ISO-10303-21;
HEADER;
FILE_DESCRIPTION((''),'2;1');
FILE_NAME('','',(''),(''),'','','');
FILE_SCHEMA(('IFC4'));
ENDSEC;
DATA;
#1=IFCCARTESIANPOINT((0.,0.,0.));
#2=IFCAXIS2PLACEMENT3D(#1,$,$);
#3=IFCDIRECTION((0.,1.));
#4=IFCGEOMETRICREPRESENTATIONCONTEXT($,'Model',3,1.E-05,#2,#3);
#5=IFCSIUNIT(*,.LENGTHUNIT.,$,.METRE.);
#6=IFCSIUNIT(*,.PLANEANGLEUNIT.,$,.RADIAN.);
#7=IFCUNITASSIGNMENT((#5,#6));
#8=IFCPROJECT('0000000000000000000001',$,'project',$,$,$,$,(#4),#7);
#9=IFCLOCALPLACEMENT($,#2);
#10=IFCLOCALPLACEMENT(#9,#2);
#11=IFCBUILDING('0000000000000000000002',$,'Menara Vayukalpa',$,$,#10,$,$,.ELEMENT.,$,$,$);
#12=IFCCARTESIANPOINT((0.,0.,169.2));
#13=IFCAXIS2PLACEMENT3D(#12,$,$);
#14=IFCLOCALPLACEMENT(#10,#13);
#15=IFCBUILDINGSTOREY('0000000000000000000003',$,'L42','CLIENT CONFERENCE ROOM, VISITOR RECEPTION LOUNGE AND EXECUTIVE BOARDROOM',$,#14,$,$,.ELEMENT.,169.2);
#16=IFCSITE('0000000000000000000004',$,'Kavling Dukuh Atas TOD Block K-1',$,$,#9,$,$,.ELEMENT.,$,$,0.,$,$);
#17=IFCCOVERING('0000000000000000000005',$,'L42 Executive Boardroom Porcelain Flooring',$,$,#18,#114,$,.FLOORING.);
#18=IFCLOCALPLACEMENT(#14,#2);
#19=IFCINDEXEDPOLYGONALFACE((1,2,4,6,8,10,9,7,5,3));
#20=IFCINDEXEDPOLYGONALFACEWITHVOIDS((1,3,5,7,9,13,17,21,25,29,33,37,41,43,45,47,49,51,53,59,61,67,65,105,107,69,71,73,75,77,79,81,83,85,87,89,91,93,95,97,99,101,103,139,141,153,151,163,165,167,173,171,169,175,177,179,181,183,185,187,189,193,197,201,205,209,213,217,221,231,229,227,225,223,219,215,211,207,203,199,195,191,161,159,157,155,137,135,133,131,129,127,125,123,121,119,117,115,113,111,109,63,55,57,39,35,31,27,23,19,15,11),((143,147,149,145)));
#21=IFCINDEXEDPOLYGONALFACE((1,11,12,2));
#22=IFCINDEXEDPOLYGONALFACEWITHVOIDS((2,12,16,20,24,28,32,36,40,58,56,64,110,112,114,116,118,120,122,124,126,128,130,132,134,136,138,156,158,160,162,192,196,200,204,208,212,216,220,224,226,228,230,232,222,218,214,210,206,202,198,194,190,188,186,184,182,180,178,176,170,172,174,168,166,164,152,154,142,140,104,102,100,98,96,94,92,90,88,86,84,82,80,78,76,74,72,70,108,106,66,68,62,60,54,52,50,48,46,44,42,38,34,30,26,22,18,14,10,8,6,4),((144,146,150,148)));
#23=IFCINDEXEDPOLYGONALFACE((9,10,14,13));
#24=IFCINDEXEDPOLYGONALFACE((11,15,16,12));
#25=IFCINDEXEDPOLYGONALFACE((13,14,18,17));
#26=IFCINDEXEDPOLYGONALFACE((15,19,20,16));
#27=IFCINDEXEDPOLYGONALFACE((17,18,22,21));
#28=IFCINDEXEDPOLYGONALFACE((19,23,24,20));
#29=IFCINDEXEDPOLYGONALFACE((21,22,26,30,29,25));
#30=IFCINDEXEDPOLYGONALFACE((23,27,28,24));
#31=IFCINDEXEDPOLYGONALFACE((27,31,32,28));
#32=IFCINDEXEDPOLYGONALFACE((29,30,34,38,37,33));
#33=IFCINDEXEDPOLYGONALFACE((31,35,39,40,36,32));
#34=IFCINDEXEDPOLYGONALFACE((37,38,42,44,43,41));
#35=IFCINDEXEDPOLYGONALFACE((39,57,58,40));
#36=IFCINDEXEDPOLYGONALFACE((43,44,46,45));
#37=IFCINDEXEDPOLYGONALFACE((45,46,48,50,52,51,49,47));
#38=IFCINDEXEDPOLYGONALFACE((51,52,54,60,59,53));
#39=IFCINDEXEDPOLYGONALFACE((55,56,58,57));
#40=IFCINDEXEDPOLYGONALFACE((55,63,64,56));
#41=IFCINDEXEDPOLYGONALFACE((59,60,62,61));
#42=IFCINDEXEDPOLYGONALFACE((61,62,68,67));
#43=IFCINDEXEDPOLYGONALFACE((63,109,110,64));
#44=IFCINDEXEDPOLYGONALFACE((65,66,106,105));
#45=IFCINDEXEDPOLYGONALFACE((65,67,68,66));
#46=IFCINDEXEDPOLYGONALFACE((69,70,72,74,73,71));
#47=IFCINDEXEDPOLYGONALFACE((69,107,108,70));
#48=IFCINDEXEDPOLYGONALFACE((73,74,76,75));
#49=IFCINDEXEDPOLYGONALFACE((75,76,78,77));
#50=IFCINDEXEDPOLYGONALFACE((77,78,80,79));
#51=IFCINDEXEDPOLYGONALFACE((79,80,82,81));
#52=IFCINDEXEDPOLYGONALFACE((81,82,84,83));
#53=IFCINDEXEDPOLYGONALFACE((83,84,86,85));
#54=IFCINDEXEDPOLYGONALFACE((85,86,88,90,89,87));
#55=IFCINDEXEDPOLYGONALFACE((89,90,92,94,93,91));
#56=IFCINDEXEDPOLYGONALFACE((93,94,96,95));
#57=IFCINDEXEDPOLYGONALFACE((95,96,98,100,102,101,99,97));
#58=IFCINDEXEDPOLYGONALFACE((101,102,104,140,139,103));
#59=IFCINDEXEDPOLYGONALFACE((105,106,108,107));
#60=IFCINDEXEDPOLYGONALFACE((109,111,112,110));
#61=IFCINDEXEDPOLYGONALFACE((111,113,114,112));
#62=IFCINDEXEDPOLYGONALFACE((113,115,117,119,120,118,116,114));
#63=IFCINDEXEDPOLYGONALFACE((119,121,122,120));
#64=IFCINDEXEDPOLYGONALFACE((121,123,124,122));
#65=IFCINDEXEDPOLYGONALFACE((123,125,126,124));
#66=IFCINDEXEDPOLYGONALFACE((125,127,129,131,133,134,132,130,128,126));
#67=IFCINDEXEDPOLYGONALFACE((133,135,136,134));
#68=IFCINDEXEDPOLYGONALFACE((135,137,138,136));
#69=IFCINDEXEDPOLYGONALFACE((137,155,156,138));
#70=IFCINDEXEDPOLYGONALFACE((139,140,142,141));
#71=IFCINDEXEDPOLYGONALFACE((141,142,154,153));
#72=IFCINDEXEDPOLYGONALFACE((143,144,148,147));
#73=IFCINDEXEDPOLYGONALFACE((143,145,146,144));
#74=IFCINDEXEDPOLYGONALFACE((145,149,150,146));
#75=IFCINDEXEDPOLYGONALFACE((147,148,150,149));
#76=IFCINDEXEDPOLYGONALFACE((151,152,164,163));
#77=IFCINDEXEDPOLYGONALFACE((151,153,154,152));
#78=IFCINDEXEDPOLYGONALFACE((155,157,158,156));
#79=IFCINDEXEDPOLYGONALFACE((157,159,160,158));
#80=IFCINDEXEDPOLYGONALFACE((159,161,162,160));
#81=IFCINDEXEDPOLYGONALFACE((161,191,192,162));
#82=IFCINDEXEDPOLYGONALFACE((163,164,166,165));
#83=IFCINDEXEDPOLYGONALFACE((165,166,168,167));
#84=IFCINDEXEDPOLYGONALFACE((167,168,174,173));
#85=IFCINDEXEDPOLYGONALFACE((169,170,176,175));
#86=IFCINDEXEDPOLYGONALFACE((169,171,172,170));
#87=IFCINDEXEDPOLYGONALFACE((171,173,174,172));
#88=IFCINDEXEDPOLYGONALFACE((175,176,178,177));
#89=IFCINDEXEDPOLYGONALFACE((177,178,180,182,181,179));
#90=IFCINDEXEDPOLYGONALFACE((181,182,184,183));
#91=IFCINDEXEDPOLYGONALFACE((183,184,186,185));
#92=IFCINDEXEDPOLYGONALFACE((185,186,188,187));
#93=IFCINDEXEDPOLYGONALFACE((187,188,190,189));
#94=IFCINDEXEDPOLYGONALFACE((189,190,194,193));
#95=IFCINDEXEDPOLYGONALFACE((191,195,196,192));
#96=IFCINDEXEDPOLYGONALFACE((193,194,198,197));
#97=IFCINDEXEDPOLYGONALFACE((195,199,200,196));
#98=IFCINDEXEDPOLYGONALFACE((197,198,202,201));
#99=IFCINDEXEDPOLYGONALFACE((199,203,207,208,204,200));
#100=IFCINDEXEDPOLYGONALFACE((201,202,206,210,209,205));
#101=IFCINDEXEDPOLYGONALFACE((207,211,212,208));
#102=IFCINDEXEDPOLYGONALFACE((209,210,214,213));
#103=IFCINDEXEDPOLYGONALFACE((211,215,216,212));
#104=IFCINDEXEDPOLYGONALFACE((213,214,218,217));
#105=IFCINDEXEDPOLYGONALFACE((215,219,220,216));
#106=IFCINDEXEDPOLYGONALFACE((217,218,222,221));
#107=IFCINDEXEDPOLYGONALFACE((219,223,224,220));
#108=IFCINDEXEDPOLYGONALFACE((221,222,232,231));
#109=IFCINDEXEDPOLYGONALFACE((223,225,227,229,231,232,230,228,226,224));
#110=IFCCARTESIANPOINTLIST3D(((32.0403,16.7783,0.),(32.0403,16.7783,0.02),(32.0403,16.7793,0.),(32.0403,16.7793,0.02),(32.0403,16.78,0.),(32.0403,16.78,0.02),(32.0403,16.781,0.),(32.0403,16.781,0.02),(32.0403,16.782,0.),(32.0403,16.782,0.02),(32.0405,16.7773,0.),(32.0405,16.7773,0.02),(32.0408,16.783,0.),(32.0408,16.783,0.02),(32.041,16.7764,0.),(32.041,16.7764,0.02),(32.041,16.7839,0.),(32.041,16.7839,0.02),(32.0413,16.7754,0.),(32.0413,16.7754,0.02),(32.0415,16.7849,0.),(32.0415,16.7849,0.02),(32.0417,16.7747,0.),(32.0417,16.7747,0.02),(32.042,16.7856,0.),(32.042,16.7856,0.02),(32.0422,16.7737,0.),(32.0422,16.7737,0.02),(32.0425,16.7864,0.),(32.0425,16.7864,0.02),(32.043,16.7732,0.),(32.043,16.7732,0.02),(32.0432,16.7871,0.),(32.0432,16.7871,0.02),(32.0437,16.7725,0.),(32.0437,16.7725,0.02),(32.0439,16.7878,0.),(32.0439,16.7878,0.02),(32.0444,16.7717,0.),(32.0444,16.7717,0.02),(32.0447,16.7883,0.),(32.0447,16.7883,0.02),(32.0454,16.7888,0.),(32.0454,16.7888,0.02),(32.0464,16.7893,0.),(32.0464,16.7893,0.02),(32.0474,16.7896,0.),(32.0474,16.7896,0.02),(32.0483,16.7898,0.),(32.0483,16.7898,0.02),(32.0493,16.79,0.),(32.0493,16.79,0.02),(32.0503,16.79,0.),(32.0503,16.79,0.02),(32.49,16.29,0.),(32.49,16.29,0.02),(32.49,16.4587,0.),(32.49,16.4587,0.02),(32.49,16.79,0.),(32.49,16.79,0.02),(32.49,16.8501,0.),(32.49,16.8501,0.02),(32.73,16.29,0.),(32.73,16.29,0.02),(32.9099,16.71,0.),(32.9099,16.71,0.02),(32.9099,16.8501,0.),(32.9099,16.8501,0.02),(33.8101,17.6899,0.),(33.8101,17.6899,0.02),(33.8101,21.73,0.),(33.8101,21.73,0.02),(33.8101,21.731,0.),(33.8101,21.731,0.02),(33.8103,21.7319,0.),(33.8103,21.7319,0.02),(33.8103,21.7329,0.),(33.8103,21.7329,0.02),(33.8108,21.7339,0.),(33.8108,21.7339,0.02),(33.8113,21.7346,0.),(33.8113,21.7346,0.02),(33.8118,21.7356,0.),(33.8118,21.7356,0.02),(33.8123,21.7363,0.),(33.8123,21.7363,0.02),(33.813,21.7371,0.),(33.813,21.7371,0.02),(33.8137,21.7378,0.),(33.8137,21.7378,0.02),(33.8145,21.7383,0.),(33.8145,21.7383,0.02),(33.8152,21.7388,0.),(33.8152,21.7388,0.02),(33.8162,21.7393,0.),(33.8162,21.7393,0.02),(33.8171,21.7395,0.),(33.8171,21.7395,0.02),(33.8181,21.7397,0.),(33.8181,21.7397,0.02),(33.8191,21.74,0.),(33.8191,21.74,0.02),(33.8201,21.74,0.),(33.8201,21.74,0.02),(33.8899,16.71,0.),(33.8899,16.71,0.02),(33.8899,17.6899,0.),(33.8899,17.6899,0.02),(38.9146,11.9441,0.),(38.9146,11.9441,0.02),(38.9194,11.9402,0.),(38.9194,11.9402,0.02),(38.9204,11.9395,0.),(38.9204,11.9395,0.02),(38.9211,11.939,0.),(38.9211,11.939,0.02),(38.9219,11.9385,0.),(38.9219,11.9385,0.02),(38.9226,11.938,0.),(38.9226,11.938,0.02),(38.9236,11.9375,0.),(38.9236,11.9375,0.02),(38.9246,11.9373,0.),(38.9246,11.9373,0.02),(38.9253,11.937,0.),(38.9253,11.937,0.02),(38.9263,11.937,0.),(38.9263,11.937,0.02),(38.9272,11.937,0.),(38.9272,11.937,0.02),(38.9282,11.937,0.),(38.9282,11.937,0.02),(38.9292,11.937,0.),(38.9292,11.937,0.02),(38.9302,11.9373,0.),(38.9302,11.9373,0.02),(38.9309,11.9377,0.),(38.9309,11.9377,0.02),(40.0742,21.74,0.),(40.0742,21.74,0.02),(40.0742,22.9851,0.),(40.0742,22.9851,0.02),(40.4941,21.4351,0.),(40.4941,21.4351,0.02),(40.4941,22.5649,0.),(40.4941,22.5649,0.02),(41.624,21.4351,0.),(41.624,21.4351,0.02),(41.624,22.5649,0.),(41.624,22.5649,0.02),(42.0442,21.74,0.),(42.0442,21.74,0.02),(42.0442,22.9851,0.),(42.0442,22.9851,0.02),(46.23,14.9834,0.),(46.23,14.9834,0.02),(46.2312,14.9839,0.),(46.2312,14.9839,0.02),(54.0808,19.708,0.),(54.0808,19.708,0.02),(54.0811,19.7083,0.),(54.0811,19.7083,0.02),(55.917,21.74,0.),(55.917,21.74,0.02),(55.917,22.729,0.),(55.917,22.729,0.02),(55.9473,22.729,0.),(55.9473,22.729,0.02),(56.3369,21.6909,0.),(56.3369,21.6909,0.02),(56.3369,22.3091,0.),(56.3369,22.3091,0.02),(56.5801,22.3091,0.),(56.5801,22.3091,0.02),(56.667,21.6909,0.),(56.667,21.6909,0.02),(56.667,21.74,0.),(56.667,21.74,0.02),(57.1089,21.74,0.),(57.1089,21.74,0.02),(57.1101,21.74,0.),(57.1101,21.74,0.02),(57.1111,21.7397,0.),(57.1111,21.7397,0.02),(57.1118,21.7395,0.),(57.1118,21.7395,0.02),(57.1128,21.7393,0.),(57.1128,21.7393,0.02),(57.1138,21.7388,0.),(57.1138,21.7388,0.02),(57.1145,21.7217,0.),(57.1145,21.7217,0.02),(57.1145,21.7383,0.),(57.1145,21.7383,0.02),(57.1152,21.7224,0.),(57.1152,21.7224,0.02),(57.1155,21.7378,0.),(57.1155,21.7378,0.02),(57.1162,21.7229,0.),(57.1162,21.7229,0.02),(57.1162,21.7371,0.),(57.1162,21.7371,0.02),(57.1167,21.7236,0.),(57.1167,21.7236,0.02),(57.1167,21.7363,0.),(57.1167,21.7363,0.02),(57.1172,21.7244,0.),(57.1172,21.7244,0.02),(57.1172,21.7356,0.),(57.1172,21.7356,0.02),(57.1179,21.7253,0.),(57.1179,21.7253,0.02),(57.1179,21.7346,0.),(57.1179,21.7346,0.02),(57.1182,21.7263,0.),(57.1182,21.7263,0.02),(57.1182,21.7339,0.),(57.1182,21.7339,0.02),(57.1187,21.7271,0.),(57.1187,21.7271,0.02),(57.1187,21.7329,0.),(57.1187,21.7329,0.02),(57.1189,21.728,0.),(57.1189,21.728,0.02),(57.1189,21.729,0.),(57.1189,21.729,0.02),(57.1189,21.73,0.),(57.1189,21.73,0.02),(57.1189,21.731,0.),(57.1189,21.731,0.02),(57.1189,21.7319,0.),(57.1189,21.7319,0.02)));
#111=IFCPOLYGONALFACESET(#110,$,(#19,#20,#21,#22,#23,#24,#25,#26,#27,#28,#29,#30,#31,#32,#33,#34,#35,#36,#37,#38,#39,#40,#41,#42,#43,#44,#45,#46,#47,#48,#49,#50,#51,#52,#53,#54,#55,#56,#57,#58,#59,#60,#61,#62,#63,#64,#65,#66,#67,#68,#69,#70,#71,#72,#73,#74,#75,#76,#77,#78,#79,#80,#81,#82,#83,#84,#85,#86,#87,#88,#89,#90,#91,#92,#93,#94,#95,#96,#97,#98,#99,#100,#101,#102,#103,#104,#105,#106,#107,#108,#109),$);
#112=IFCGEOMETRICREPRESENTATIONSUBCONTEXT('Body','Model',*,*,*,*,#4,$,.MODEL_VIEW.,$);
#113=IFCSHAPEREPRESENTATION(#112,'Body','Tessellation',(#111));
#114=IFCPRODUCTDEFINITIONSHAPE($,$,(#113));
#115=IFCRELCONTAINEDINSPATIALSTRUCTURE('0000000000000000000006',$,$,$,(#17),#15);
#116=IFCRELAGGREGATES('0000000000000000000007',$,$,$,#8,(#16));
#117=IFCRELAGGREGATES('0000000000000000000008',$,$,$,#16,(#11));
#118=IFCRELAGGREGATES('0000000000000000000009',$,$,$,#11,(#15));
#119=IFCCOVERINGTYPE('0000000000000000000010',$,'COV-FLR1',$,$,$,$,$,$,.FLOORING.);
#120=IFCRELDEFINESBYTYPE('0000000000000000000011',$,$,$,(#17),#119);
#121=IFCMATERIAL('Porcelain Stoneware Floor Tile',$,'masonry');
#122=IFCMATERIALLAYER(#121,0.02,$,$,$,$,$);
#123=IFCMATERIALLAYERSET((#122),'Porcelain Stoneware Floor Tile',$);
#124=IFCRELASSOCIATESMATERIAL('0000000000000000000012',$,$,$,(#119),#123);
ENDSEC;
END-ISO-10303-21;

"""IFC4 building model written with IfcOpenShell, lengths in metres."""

from ifc_helpers import new_model, si_unit, direction, frame, origin, place, context, subcontext, project, spatial, polyline, outline, extrude, material, layer, layer_set, type_object, element, save


model = new_model("IFC4")

# Units and contexts
model_context = context("Model", 3, precision=1e-05, world=origin(), true_north=direction((0.0, 1.0)))
body_context = subcontext(model_context, "Body", "Model", "MODEL_VIEW")
ifc_project = project(units=[si_unit("LENGTHUNIT", "METRE"), si_unit("PLANEANGLEUNIT", "RADIAN")], contexts=[model_context])

# Site, building, storey
site_placement = place(None, origin())
site = spatial("IfcSite", under=ifc_project, at=site_placement, Name="Kavling Dukuh Atas TOD Block K-1", CompositionType="ELEMENT", RefElevation=0.0)
building_placement = place(site_placement, origin())
building = spatial("IfcBuilding", under=site, at=building_placement, Name="Menara Vayukalpa", CompositionType="ELEMENT")
storey_placement = place(building_placement, frame((0.0, 0.0, 169.2)))
storey = spatial("IfcBuildingStorey", under=building, at=storey_placement, Name="L42", Description="CLIENT CONFERENCE ROOM, VISITOR RECEPTION LOUNGE AND EXECUTIVE BOARDROOM", CompositionType="ELEMENT", Elevation=169.2)

# Covering
ifc_material_1 = material(Name="Porcelain Stoneware Floor Tile", Category="masonry")
ifc_layer_1 = layer(ifc_material_1, 0.02)
ifc_layer_set_1 = layer_set([ifc_layer_1], Name="Porcelain Stoneware Floor Tile")
covering_type_1 = type_object("IfcCoveringType", Name="COV-FLR1", PredefinedType="FLOORING", material=ifc_layer_set_1)
covering_1_placement = place(storey_placement, origin())
element("IfcCovering", 1, at=covering_1_placement, inside=storey, type_object=covering_type_1, Name="L42 Executive Boardroom Porcelain Flooring", PredefinedType="FLOORING", context=body_context, shape_type="SweptSolid", body=[
    extrude(outline(polyline([(32.0437, 16.7725), (32.043, 16.7732), (32.0422, 16.7737), (32.0417, 16.7747), (32.0413, 16.7754), (32.041, 16.7764), (32.0405, 16.7773), (32.0403, 16.7783), (32.0403, 16.7793), (32.0403, 16.78), (32.0403, 16.781), (32.0403, 16.782), (32.0408, 16.783), (32.041, 16.7839), (32.0415, 16.7849), (32.042, 16.7856), (32.0425, 16.7864), (32.0432, 16.7871), (32.0439, 16.7878), (32.0447, 16.7883), (32.0454, 16.7888), (32.0464, 16.7893), (32.0474, 16.7896), (32.0483, 16.7898), (32.0493, 16.79), (32.0503, 16.79), (32.49, 16.79), (32.49, 16.8501), (32.9099, 16.8501), (32.9099, 16.71), (33.8899, 16.71), (33.8899, 17.6899), (33.8101, 17.6899), (33.8101, 21.73), (33.8101, 21.731), (33.8103, 21.7319), (33.8103, 21.7329), (33.8108, 21.7339), (33.8113, 21.7346), (33.8118, 21.7356), (33.8123, 21.7363), (33.813, 21.7371), (33.8137, 21.7378), (33.8145, 21.7383), (33.8152, 21.7388), (33.8162, 21.7393), (33.8171, 21.7395), (33.8181, 21.7397), (33.8191, 21.74), (33.8201, 21.74), (40.0742, 21.74), (40.0742, 22.9851), (42.0442, 22.9851), (42.0442, 21.74), (55.917, 21.74), (55.917, 22.729), (55.9473, 22.729), (56.5801, 22.3091), (56.3369, 22.3091), (56.3369, 21.6909), (56.667, 21.6909), (56.667, 21.74), (57.1089, 21.74), (57.1101, 21.74), (57.1111, 21.7397), (57.1118, 21.7395), (57.1128, 21.7393), (57.1138, 21.7388), (57.1145, 21.7383), (57.1155, 21.7378), (57.1162, 21.7371), (57.1167, 21.7363), (57.1172, 21.7356), (57.1179, 21.7346), (57.1182, 21.7339), (57.1187, 21.7329), (57.1189, 21.7319), (57.1189, 21.731), (57.1189, 21.73), (57.1189, 21.729), (57.1189, 21.728), (57.1187, 21.7271), (57.1182, 21.7263), (57.1179, 21.7253), (57.1172, 21.7244), (57.1167, 21.7236), (57.1162, 21.7229), (57.1152, 21.7224), (57.1145, 21.7217), (54.0811, 19.7083), (54.0808, 19.708), (46.2312, 14.9839), (46.23, 14.9834), (38.9309, 11.9377), (38.9302, 11.9373), (38.9292, 11.937), (38.9282, 11.937), (38.9272, 11.937), (38.9263, 11.937), (38.9253, 11.937), (38.9246, 11.9373), (38.9236, 11.9375), (38.9226, 11.938), (38.9219, 11.9385), (38.9211, 11.939), (38.9204, 11.9395), (38.9194, 11.9402), (38.9146, 11.9441), (32.73, 16.29), (32.49, 16.29), (32.49, 16.4587), (32.0444, 16.7717), (32.0437, 16.7725)]), holes=[polyline([(41.624, 22.5649), (40.4941, 22.5649), (40.4941, 21.4351), (41.624, 21.4351), (41.624, 22.5649)])]), origin(), (0.0, 0.0, 1.0), 0.02),
])

save(model, "model.ifc")
